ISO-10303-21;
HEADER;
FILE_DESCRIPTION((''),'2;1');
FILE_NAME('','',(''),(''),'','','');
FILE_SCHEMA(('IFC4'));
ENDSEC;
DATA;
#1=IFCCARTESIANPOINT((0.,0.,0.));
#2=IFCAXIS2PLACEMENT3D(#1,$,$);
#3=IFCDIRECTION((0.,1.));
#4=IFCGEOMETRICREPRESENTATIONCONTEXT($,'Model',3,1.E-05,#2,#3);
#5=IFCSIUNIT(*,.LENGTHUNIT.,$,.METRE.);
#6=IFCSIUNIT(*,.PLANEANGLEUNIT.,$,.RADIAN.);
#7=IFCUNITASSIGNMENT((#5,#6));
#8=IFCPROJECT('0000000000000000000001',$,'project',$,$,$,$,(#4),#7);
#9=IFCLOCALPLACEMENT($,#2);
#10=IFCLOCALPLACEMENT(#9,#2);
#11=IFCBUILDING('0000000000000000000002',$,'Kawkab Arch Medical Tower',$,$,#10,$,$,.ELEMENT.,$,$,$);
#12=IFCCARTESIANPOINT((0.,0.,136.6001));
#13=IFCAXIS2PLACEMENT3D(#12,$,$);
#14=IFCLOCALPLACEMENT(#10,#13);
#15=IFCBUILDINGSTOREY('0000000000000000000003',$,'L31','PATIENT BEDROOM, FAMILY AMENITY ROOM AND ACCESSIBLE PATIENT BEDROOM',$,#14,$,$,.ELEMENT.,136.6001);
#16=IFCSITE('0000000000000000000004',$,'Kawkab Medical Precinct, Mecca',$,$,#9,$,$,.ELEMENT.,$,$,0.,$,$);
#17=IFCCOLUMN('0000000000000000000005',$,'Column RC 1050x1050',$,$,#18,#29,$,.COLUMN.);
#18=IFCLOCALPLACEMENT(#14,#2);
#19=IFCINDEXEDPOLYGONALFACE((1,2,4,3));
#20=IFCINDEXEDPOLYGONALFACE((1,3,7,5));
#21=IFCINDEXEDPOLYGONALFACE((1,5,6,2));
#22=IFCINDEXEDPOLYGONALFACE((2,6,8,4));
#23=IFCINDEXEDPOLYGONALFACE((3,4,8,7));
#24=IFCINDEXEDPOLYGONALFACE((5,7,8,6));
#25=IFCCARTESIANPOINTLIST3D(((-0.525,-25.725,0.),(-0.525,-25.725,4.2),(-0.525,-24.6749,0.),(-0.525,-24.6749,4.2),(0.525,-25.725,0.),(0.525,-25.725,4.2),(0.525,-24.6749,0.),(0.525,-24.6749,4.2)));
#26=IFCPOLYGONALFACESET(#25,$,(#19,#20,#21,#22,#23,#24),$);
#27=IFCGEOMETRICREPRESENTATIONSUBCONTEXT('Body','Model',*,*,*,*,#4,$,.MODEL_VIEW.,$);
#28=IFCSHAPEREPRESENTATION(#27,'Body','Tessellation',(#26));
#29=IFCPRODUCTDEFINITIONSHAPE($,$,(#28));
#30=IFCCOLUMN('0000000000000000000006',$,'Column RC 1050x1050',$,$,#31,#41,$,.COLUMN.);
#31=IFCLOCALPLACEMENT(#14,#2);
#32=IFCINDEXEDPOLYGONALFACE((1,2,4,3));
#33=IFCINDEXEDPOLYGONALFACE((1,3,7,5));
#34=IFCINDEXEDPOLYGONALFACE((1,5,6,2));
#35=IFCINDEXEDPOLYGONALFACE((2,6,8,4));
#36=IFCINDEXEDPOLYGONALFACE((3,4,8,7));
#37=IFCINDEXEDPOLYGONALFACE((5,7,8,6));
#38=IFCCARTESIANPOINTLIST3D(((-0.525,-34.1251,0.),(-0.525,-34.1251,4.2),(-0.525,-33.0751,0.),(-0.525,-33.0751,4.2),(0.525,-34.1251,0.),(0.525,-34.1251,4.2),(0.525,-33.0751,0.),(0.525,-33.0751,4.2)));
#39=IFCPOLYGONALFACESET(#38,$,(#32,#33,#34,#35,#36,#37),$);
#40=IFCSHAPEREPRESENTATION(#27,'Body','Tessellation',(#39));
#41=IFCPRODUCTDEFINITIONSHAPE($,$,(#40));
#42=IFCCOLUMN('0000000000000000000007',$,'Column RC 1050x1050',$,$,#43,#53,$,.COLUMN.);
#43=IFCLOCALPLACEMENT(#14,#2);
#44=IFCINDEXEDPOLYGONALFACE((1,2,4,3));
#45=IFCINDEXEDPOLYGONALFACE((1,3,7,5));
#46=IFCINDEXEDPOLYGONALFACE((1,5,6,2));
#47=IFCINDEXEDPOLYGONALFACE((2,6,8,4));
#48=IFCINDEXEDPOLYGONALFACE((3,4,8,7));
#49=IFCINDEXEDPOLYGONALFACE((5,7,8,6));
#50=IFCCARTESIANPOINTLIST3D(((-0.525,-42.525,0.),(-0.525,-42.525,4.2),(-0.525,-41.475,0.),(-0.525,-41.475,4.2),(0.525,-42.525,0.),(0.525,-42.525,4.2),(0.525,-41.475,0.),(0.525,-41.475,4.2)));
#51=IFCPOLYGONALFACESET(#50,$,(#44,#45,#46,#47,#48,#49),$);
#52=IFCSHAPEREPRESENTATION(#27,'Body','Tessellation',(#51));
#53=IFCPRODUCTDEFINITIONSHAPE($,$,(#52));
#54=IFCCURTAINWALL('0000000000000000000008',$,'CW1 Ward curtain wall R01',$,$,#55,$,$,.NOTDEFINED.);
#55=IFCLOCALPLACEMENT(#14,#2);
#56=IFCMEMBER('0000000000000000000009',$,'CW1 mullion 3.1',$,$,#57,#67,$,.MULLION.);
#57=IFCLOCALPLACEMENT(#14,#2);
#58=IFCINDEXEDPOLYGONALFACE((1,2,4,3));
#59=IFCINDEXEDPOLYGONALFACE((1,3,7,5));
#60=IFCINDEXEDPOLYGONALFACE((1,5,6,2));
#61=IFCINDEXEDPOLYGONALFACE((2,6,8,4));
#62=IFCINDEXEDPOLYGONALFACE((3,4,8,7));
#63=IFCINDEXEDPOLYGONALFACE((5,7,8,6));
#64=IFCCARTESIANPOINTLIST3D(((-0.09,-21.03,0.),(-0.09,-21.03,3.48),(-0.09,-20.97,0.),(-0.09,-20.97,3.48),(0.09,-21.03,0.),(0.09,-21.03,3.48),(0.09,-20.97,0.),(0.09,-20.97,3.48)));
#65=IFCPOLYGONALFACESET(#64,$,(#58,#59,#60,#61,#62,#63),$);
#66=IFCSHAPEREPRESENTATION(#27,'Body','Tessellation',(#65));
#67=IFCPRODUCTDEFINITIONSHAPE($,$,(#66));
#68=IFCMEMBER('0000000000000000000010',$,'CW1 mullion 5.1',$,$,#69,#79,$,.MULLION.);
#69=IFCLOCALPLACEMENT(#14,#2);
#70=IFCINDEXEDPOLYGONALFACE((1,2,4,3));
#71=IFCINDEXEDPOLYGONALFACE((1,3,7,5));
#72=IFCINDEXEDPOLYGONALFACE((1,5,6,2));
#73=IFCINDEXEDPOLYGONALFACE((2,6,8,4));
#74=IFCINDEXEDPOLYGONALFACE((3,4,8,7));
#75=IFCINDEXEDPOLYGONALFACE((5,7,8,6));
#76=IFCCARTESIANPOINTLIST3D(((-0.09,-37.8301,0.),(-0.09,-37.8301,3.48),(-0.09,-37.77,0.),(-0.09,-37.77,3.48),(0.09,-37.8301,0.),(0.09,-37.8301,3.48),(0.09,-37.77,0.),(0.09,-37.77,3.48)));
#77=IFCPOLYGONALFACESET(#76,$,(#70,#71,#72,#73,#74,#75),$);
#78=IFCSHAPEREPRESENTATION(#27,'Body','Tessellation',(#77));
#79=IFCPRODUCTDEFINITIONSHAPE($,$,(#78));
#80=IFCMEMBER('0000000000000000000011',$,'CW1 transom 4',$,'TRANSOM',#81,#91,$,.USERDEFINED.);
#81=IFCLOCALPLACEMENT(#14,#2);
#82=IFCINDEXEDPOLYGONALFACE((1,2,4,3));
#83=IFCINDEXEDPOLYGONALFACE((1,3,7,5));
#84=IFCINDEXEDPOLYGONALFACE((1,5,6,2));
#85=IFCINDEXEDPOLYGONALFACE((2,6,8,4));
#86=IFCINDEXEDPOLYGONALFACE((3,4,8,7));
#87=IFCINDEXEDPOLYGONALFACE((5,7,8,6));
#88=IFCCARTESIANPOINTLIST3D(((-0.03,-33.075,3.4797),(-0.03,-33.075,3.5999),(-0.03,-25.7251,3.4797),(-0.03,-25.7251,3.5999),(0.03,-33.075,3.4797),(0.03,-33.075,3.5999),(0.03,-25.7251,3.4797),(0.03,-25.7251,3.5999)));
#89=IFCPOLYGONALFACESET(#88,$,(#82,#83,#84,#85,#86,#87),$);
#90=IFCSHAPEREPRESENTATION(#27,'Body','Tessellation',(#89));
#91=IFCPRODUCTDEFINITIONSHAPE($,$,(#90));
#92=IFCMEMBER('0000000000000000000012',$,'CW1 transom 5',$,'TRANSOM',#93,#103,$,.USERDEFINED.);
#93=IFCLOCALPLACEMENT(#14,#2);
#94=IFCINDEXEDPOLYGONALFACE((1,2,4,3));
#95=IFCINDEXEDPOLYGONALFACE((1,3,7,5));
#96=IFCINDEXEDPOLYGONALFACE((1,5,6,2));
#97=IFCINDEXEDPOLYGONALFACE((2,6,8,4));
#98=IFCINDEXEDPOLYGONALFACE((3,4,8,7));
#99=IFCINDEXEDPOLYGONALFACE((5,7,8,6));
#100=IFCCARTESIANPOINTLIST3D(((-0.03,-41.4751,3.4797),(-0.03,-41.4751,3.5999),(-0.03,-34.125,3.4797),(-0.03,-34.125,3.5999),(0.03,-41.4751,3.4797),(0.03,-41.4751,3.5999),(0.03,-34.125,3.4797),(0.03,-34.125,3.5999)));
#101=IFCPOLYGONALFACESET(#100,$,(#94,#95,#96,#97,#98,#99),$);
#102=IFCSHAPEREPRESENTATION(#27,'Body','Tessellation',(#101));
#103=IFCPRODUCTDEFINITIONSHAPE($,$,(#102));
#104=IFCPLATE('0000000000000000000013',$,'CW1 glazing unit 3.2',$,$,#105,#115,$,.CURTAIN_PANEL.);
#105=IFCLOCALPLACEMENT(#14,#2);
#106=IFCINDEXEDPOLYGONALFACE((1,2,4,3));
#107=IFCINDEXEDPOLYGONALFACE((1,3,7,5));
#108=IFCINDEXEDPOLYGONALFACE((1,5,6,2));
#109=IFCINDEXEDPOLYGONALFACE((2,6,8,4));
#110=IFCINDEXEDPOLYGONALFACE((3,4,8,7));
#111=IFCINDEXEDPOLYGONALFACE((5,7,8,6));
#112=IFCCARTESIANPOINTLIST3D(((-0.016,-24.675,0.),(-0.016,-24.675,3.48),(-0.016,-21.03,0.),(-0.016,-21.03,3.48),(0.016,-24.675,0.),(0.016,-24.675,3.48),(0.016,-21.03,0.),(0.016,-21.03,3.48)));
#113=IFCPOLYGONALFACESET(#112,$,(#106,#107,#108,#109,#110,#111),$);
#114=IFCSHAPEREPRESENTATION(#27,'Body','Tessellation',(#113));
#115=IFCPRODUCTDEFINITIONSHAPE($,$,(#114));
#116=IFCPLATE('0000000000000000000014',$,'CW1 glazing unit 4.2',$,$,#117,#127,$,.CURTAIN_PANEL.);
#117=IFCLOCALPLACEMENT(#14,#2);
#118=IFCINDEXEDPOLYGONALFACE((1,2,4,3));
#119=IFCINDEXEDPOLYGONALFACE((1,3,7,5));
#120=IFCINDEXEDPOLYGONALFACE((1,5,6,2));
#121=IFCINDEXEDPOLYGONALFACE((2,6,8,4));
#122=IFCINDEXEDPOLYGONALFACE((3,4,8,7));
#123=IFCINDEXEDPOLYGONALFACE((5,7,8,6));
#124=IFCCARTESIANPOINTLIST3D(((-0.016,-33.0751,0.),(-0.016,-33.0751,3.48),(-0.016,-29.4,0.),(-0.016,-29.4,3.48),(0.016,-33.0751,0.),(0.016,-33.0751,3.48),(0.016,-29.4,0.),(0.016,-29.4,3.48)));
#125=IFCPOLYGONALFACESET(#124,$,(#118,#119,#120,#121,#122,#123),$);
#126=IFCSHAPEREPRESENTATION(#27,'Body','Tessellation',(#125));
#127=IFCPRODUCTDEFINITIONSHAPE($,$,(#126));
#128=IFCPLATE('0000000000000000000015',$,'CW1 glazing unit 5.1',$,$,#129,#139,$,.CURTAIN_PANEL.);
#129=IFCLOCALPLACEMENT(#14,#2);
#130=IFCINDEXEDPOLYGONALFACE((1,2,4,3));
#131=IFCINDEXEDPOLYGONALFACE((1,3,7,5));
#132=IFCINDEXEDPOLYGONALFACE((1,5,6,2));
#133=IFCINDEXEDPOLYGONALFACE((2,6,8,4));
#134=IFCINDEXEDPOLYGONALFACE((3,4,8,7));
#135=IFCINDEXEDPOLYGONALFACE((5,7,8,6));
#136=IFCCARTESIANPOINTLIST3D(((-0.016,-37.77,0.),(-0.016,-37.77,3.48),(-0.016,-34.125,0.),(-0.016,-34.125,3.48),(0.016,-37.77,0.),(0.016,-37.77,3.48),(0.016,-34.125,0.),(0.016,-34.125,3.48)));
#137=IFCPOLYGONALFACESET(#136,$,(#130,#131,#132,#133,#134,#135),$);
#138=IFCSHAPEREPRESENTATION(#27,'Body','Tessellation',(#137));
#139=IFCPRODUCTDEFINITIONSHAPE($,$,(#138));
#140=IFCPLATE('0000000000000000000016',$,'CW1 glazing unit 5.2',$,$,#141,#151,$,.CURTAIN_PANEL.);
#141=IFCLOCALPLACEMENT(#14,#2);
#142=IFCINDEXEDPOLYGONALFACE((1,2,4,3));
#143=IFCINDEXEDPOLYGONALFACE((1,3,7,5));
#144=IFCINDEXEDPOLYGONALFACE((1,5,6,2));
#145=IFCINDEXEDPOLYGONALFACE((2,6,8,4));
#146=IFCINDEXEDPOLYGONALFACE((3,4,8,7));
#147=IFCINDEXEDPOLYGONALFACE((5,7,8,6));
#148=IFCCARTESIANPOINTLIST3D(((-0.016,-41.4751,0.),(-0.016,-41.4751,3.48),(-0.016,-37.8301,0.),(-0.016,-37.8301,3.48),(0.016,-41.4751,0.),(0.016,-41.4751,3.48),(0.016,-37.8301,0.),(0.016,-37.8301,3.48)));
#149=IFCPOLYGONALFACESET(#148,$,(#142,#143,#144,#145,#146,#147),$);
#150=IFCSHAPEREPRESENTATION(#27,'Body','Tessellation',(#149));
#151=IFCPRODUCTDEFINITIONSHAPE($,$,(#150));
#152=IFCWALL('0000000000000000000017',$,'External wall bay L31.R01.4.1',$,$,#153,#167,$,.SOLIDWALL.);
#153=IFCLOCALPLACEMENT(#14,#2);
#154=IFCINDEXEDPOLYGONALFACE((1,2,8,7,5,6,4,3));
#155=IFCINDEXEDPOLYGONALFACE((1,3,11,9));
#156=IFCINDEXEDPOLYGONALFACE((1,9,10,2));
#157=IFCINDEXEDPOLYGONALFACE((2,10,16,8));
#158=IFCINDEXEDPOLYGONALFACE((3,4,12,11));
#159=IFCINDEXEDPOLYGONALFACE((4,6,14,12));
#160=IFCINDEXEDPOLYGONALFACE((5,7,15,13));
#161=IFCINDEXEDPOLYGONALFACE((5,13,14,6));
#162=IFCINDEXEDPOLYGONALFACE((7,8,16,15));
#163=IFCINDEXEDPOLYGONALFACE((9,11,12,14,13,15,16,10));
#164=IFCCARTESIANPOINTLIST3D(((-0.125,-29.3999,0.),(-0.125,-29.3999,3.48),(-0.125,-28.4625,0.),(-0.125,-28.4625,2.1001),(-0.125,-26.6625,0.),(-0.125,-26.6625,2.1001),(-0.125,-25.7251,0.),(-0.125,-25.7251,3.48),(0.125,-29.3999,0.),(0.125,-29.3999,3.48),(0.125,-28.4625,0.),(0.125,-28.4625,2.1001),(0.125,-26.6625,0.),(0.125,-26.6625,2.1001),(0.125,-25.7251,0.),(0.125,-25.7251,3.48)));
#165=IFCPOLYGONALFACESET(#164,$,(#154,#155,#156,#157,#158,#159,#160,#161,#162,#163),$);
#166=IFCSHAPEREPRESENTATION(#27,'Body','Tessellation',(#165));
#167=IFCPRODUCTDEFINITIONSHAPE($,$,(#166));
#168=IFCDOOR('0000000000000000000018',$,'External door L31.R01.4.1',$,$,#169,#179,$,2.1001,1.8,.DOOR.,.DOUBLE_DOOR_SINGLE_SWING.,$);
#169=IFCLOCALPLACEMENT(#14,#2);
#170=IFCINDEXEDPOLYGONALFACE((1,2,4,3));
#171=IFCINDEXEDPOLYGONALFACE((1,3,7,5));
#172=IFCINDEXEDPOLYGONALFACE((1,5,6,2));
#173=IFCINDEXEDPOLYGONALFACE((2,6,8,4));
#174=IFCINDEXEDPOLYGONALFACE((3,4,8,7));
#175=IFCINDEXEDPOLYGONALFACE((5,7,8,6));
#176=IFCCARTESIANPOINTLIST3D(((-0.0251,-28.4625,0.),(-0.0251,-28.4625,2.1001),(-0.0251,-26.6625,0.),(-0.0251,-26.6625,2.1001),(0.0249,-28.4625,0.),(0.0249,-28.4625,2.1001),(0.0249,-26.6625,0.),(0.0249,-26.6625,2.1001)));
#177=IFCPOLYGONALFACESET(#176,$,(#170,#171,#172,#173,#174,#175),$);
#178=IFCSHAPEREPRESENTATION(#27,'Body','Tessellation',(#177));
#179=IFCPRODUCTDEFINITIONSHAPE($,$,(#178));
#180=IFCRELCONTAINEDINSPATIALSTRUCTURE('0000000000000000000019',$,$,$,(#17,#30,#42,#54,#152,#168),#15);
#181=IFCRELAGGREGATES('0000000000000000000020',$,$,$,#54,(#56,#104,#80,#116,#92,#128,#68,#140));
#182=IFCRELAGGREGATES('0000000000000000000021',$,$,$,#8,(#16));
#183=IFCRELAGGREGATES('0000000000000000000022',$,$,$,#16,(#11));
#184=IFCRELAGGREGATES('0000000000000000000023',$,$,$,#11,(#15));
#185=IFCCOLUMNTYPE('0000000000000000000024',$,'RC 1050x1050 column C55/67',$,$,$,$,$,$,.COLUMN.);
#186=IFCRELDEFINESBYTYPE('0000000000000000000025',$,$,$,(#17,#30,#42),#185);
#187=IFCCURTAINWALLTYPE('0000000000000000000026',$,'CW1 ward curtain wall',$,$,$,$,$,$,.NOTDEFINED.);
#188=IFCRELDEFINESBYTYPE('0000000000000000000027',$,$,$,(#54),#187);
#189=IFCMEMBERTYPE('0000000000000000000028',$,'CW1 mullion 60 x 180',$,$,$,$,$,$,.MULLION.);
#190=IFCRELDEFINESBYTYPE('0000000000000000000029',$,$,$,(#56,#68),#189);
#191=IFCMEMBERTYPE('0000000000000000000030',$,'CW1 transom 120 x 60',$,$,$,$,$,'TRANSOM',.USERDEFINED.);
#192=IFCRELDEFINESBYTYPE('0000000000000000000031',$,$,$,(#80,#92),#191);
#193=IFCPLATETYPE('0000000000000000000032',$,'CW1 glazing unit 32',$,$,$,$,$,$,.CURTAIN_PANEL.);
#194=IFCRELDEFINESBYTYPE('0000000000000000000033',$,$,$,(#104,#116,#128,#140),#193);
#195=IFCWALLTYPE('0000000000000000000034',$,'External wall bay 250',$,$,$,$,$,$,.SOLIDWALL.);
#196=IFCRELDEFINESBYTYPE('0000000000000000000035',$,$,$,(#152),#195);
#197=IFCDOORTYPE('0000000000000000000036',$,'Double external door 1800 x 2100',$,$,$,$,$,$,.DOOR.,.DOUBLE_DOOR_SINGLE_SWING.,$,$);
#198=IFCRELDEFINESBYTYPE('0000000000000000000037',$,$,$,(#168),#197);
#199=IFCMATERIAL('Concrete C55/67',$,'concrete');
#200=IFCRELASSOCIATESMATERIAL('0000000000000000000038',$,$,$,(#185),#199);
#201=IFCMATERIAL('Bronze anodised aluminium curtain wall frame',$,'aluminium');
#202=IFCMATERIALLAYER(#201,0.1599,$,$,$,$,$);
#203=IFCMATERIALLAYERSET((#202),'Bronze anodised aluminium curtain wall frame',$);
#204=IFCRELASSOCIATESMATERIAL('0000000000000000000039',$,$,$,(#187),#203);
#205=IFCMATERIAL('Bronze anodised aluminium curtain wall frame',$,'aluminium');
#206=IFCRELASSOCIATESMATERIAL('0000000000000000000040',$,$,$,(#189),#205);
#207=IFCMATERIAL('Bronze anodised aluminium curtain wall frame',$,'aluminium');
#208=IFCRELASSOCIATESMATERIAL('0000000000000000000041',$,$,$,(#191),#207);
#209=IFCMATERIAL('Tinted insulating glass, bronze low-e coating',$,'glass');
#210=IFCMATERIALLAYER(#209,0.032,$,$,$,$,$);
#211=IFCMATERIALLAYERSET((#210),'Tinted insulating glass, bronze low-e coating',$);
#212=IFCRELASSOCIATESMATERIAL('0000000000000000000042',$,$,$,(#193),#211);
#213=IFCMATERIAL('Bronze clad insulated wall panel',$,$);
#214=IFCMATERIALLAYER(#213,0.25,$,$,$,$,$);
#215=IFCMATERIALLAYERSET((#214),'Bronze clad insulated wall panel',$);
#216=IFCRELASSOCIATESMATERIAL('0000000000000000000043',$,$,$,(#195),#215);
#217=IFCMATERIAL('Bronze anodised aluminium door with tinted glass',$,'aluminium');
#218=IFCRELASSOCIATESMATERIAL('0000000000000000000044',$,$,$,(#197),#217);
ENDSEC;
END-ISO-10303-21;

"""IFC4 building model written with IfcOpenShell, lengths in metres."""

from ifc_helpers import new_model, si_unit, direction, frame, frame_2d, origin, origin_2d, place, context, subcontext, project, spatial, rectangle, extrude, material, layer, layer_set, material_profile, profile_set, type_object, element, fill, aggregate, save


model = new_model("IFC4")

# Units and contexts
model_context = context("Model", 3, precision=1e-05, world=origin(), true_north=direction((0.0, 1.0)))
body_context = subcontext(model_context, "Body", "Model", "MODEL_VIEW")
ifc_project = project(units=[si_unit("LENGTHUNIT", "METRE"), si_unit("PLANEANGLEUNIT", "RADIAN")], contexts=[model_context])

# Site, building, storey
site_placement = place(None, origin())
site = spatial("IfcSite", under=ifc_project, at=site_placement, Name="Kawkab Medical Precinct, Mecca", CompositionType="ELEMENT", RefElevation=0.0)
building_placement = place(site_placement, origin())
building = spatial("IfcBuilding", under=site, at=building_placement, Name="Kawkab Arch Medical Tower", CompositionType="ELEMENT")
storey_placement = place(building_placement, frame((0.0, 0.0, 136.6001)))
storey = spatial("IfcBuildingStorey", under=building, at=storey_placement, Name="L31", Description="PATIENT BEDROOM, FAMILY AMENITY ROOM AND ACCESSIBLE PATIENT BEDROOM", CompositionType="ELEMENT", Elevation=136.6001)

# Columns
ifc_material_1 = material(Name="Concrete C55/67", Category="concrete")
ifc_material_profile_1 = material_profile(ifc_material_1, rectangle(XDim=1.05, YDim=1.05, at=origin_2d()), Name="RC 1050x1050")
ifc_profile_set_1 = profile_set([ifc_material_profile_1], Name="Concrete C55/67")
column_type = type_object("IfcColumnType", Name="RC 1050x1050 column C55/67", PredefinedType="COLUMN", material=ifc_profile_set_1)
for number, where, z_axis, x_axis, name in (
    (1, (0.0, -25.2, 0.0), (0.0, 0.0, 1.0), (1.0, 0.0, 0.0), "Column RC 1050x1050"),
    (2, (0.0, -33.6001, 0.0), (0.0, 0.0, 1.0), (1.0, 0.0, 0.0), "Column RC 1050x1050"),
    (3, (0.0, -42.0, 0.0), (0.0, 0.0, 1.0), (1.0, 0.0, 0.0), "Column RC 1050x1050"),
):
    element("IfcColumn", number, at=place(storey_placement, frame(where, z_axis=z_axis, x_axis=x_axis)), inside=storey, type_object=column_type, Name=name, PredefinedType="COLUMN", context=body_context, shape_type="SweptSolid", body=[
        extrude(rectangle(XDim=1.05, YDim=1.05, at=origin_2d()), origin(), (0.0, 0.0, 1.0), 4.2),
    ])

# Curtain wall, members, plates
ifc_material_2 = material(Name="Bronze anodised aluminium curtain wall frame", Category="aluminium")
ifc_layer_1 = layer(ifc_material_2, 0.1599)
ifc_layer_set_1 = layer_set([ifc_layer_1], Name="Bronze anodised aluminium curtain wall frame")
curtain_wall_type = type_object("IfcCurtainWallType", Name="CW1 ward curtain wall", PredefinedType="NOTDEFINED", material=ifc_layer_set_1)
curtain_wall_placement = place(storey_placement, origin())
curtain_wall = element("IfcCurtainWall", 4, at=curtain_wall_placement, inside=storey, type_object=curtain_wall_type, Name="CW1 Ward curtain wall R01", PredefinedType="NOTDEFINED")
ifc_material_3 = material(Name="Bronze anodised aluminium curtain wall frame", Category="aluminium")
ifc_material_profile_2 = material_profile(ifc_material_3, rectangle(XDim=0.1799, YDim=0.0601, at=origin_2d()), Name="AL 60x180")
ifc_profile_set_2 = profile_set([ifc_material_profile_2], Name="Bronze anodised aluminium curtain wall frame")
member_type_1 = type_object("IfcMemberType", Name="CW1 mullion 60 x 180", PredefinedType="MULLION", material=ifc_profile_set_2)
member_1_placement = place(storey_placement, frame((0.0, -21.0, 0.0), z_axis=(0.0, 0.0, 1.0), x_axis=(1.0, 0.0, 0.0)))
member_1 = element("IfcMember", 5, at=member_1_placement, type_object=member_type_1, Name="CW1 mullion 3.1", PredefinedType="MULLION", context=body_context, shape_type="SweptSolid", body=[
    extrude(rectangle(XDim=0.1799, YDim=0.0601, at=origin_2d()), origin(), (0.0, 0.0, 1.0), 3.48),
])
member_2_placement = place(storey_placement, frame((0.0, -37.8, 0.0), z_axis=(0.0, 0.0, 1.0), x_axis=(1.0, 0.0, 0.0)))
member_2 = element("IfcMember", 6, at=member_2_placement, type_object=member_type_1, Name="CW1 mullion 5.1", PredefinedType="MULLION", context=body_context, shape_type="SweptSolid", body=[
    extrude(rectangle(XDim=0.1799, YDim=0.0601, at=origin_2d()), origin(), (0.0, 0.0, 1.0), 3.48),
])
ifc_material_4 = material(Name="Bronze anodised aluminium curtain wall frame", Category="aluminium")
ifc_material_profile_3 = material_profile(ifc_material_4, rectangle(XDim=0.0601, YDim=0.1201, at=origin_2d()), Name="AL 60x120")
ifc_profile_set_3 = profile_set([ifc_material_profile_3], Name="Bronze anodised aluminium curtain wall frame")
member_type_2 = type_object("IfcMemberType", Name="CW1 transom 120 x 60", ElementType="TRANSOM", PredefinedType="USERDEFINED", material=ifc_profile_set_3)
member_3_placement = place(storey_placement, frame((0.0, -25.7251, 3.5398), z_axis=(0.0, -1.0, 0.0), x_axis=(1.0, 0.0, 0.0)))
member_3 = element("IfcMember", 7, at=member_3_placement, type_object=member_type_2, Name="CW1 transom 4", ObjectType="TRANSOM", PredefinedType="USERDEFINED", context=body_context, shape_type="SweptSolid", body=[
    extrude(rectangle(XDim=0.0601, YDim=0.1201, at=origin_2d()), origin(), (0.0, 0.0, 1.0), 7.3499),
])
member_4_placement = place(storey_placement, frame((0.0, -34.125, 3.5398), z_axis=(0.0, -1.0, 0.0), x_axis=(1.0, 0.0, 0.0)))
member_4 = element("IfcMember", 8, at=member_4_placement, type_object=member_type_2, Name="CW1 transom 5", ObjectType="TRANSOM", PredefinedType="USERDEFINED", context=body_context, shape_type="SweptSolid", body=[
    extrude(rectangle(XDim=0.0601, YDim=0.1201, at=origin_2d()), origin(), (0.0, 0.0, 1.0), 7.3501),
])
ifc_material_5 = material(Name="Tinted insulating glass, bronze low-e coating", Category="glass")
ifc_layer_2 = layer(ifc_material_5, 0.032)
ifc_layer_set_2 = layer_set([ifc_layer_2], Name="Tinted insulating glass, bronze low-e coating")
plate_type = type_object("IfcPlateType", Name="CW1 glazing unit 32", PredefinedType="CURTAIN_PANEL", material=ifc_layer_set_2)
plate_1_placement = place(storey_placement, frame((0.0, -22.8525, 0.0), z_axis=(0.0, 0.0, 1.0), x_axis=(0.0, -1.0, 0.0)))
plate_1 = element("IfcPlate", 9, at=plate_1_placement, type_object=plate_type, Name="CW1 glazing unit 3.2", PredefinedType="CURTAIN_PANEL", context=body_context, shape_type="SweptSolid", body=[
    extrude(rectangle(XDim=3.645, YDim=0.032, at=origin_2d()), origin(), (0.0, 0.0, 1.0), 3.48),
])
plate_2_placement = place(storey_placement, frame((0.0, -31.2375, 0.0), z_axis=(0.0, 0.0, 1.0), x_axis=(0.0, -1.0, 0.0)))
plate_2 = element("IfcPlate", 10, at=plate_2_placement, type_object=plate_type, Name="CW1 glazing unit 4.2", PredefinedType="CURTAIN_PANEL", context=body_context, shape_type="SweptSolid", body=[
    extrude(rectangle(XDim=3.675, YDim=0.032, at=origin_2d()), origin(), (0.0, 0.0, 1.0), 3.48),
])
plate_3_placement = place(storey_placement, frame((0.0, -35.9475, 0.0), z_axis=(0.0, 0.0, 1.0), x_axis=(0.0, -1.0, 0.0)))
plate_3 = element("IfcPlate", 11, at=plate_3_placement, type_object=plate_type, Name="CW1 glazing unit 5.1", PredefinedType="CURTAIN_PANEL", context=body_context, shape_type="SweptSolid", body=[
    extrude(rectangle(XDim=3.645, YDim=0.032, at=origin_2d()), origin(), (0.0, 0.0, 1.0), 3.48),
])
plate_4_placement = place(storey_placement, frame((0.0, -39.6526, 0.0), z_axis=(0.0, 0.0, 1.0), x_axis=(0.0, -1.0, 0.0)))
plate_4 = element("IfcPlate", 12, at=plate_4_placement, type_object=plate_type, Name="CW1 glazing unit 5.2", PredefinedType="CURTAIN_PANEL", context=body_context, shape_type="SweptSolid", body=[
    extrude(rectangle(XDim=3.645, YDim=0.032, at=origin_2d()), origin(), (0.0, 0.0, 1.0), 3.48),
])
aggregate(curtain_wall, [member_1, plate_1, member_3, plate_2, member_4, plate_3, member_2, plate_4])

# Wall, opening, door
ifc_material_6 = material(Name="Bronze clad insulated wall panel")
ifc_layer_3 = layer(ifc_material_6, 0.25)
ifc_layer_set_3 = layer_set([ifc_layer_3], Name="Bronze clad insulated wall panel")
wall_type_1 = type_object("IfcWallType", Name="External wall bay 250", PredefinedType="SOLIDWALL", material=ifc_layer_set_3)
wall_1_placement = place(storey_placement, frame((0.0, -25.7251, 0.0), z_axis=(0.0, 0.0, 1.0), x_axis=(0.0, -1.0, 0.0)))
wall_1 = element("IfcWall", 13, at=wall_1_placement, inside=storey, type_object=wall_type_1, Name="External wall bay L31.R01.4.1", PredefinedType="SOLIDWALL", context=body_context, shape_type="SweptSolid", body=[
    extrude(rectangle(XDim=3.6748, YDim=0.25, at=frame_2d((1.8374, 0.0))), origin(), (0.0, 0.0, 1.0), 3.48),
])
opening_1_placement = place(wall_1_placement, frame((0.9375, 0.0, 0.0)))
opening_1 = element("IfcOpeningElement", 14, at=opening_1_placement, cuts=wall_1, PredefinedType="OPENING", context=body_context, shape_type="SweptSolid", body=[
    extrude(rectangle(XDim=1.8, YDim=2.1001, at=frame_2d((0.8999, 1.05))), frame((0.0, 0.135, 0.0), z_axis=(0.0, -1.0, 0.0), x_axis=(1.0, 0.0, 0.0)), (0.0, 0.0, 1.0), 0.27),
])
ifc_material_7 = material(Name="Bronze anodised aluminium door with tinted glass", Category="aluminium")
door_type_1 = type_object("IfcDoorType", Name="Double external door 1800 x 2100", OperationType="DOUBLE_DOOR_SINGLE_SWING", PredefinedType="DOOR", material=ifc_material_7)
door_1_placement = place(opening_1_placement, origin())
door_1 = element("IfcDoor", 15, at=door_1_placement, inside=storey, type_object=door_type_1, Name="External door L31.R01.4.1", OperationType="DOUBLE_DOOR_SINGLE_SWING", OverallHeight=2.1001, OverallWidth=1.8, PredefinedType="DOOR", context=body_context, shape_type="SweptSolid", body=[
    extrude(rectangle(XDim=1.8, YDim=2.1001, at=frame_2d((0.8999, 1.05))), frame((0.0, 0.0249, 0.0), z_axis=(0.0, -1.0, 0.0), x_axis=(1.0, 0.0, 0.0)), (0.0, 0.0, 1.0), 0.05),
])
fill(opening_1, door_1)

save(model, "model.ifc")
